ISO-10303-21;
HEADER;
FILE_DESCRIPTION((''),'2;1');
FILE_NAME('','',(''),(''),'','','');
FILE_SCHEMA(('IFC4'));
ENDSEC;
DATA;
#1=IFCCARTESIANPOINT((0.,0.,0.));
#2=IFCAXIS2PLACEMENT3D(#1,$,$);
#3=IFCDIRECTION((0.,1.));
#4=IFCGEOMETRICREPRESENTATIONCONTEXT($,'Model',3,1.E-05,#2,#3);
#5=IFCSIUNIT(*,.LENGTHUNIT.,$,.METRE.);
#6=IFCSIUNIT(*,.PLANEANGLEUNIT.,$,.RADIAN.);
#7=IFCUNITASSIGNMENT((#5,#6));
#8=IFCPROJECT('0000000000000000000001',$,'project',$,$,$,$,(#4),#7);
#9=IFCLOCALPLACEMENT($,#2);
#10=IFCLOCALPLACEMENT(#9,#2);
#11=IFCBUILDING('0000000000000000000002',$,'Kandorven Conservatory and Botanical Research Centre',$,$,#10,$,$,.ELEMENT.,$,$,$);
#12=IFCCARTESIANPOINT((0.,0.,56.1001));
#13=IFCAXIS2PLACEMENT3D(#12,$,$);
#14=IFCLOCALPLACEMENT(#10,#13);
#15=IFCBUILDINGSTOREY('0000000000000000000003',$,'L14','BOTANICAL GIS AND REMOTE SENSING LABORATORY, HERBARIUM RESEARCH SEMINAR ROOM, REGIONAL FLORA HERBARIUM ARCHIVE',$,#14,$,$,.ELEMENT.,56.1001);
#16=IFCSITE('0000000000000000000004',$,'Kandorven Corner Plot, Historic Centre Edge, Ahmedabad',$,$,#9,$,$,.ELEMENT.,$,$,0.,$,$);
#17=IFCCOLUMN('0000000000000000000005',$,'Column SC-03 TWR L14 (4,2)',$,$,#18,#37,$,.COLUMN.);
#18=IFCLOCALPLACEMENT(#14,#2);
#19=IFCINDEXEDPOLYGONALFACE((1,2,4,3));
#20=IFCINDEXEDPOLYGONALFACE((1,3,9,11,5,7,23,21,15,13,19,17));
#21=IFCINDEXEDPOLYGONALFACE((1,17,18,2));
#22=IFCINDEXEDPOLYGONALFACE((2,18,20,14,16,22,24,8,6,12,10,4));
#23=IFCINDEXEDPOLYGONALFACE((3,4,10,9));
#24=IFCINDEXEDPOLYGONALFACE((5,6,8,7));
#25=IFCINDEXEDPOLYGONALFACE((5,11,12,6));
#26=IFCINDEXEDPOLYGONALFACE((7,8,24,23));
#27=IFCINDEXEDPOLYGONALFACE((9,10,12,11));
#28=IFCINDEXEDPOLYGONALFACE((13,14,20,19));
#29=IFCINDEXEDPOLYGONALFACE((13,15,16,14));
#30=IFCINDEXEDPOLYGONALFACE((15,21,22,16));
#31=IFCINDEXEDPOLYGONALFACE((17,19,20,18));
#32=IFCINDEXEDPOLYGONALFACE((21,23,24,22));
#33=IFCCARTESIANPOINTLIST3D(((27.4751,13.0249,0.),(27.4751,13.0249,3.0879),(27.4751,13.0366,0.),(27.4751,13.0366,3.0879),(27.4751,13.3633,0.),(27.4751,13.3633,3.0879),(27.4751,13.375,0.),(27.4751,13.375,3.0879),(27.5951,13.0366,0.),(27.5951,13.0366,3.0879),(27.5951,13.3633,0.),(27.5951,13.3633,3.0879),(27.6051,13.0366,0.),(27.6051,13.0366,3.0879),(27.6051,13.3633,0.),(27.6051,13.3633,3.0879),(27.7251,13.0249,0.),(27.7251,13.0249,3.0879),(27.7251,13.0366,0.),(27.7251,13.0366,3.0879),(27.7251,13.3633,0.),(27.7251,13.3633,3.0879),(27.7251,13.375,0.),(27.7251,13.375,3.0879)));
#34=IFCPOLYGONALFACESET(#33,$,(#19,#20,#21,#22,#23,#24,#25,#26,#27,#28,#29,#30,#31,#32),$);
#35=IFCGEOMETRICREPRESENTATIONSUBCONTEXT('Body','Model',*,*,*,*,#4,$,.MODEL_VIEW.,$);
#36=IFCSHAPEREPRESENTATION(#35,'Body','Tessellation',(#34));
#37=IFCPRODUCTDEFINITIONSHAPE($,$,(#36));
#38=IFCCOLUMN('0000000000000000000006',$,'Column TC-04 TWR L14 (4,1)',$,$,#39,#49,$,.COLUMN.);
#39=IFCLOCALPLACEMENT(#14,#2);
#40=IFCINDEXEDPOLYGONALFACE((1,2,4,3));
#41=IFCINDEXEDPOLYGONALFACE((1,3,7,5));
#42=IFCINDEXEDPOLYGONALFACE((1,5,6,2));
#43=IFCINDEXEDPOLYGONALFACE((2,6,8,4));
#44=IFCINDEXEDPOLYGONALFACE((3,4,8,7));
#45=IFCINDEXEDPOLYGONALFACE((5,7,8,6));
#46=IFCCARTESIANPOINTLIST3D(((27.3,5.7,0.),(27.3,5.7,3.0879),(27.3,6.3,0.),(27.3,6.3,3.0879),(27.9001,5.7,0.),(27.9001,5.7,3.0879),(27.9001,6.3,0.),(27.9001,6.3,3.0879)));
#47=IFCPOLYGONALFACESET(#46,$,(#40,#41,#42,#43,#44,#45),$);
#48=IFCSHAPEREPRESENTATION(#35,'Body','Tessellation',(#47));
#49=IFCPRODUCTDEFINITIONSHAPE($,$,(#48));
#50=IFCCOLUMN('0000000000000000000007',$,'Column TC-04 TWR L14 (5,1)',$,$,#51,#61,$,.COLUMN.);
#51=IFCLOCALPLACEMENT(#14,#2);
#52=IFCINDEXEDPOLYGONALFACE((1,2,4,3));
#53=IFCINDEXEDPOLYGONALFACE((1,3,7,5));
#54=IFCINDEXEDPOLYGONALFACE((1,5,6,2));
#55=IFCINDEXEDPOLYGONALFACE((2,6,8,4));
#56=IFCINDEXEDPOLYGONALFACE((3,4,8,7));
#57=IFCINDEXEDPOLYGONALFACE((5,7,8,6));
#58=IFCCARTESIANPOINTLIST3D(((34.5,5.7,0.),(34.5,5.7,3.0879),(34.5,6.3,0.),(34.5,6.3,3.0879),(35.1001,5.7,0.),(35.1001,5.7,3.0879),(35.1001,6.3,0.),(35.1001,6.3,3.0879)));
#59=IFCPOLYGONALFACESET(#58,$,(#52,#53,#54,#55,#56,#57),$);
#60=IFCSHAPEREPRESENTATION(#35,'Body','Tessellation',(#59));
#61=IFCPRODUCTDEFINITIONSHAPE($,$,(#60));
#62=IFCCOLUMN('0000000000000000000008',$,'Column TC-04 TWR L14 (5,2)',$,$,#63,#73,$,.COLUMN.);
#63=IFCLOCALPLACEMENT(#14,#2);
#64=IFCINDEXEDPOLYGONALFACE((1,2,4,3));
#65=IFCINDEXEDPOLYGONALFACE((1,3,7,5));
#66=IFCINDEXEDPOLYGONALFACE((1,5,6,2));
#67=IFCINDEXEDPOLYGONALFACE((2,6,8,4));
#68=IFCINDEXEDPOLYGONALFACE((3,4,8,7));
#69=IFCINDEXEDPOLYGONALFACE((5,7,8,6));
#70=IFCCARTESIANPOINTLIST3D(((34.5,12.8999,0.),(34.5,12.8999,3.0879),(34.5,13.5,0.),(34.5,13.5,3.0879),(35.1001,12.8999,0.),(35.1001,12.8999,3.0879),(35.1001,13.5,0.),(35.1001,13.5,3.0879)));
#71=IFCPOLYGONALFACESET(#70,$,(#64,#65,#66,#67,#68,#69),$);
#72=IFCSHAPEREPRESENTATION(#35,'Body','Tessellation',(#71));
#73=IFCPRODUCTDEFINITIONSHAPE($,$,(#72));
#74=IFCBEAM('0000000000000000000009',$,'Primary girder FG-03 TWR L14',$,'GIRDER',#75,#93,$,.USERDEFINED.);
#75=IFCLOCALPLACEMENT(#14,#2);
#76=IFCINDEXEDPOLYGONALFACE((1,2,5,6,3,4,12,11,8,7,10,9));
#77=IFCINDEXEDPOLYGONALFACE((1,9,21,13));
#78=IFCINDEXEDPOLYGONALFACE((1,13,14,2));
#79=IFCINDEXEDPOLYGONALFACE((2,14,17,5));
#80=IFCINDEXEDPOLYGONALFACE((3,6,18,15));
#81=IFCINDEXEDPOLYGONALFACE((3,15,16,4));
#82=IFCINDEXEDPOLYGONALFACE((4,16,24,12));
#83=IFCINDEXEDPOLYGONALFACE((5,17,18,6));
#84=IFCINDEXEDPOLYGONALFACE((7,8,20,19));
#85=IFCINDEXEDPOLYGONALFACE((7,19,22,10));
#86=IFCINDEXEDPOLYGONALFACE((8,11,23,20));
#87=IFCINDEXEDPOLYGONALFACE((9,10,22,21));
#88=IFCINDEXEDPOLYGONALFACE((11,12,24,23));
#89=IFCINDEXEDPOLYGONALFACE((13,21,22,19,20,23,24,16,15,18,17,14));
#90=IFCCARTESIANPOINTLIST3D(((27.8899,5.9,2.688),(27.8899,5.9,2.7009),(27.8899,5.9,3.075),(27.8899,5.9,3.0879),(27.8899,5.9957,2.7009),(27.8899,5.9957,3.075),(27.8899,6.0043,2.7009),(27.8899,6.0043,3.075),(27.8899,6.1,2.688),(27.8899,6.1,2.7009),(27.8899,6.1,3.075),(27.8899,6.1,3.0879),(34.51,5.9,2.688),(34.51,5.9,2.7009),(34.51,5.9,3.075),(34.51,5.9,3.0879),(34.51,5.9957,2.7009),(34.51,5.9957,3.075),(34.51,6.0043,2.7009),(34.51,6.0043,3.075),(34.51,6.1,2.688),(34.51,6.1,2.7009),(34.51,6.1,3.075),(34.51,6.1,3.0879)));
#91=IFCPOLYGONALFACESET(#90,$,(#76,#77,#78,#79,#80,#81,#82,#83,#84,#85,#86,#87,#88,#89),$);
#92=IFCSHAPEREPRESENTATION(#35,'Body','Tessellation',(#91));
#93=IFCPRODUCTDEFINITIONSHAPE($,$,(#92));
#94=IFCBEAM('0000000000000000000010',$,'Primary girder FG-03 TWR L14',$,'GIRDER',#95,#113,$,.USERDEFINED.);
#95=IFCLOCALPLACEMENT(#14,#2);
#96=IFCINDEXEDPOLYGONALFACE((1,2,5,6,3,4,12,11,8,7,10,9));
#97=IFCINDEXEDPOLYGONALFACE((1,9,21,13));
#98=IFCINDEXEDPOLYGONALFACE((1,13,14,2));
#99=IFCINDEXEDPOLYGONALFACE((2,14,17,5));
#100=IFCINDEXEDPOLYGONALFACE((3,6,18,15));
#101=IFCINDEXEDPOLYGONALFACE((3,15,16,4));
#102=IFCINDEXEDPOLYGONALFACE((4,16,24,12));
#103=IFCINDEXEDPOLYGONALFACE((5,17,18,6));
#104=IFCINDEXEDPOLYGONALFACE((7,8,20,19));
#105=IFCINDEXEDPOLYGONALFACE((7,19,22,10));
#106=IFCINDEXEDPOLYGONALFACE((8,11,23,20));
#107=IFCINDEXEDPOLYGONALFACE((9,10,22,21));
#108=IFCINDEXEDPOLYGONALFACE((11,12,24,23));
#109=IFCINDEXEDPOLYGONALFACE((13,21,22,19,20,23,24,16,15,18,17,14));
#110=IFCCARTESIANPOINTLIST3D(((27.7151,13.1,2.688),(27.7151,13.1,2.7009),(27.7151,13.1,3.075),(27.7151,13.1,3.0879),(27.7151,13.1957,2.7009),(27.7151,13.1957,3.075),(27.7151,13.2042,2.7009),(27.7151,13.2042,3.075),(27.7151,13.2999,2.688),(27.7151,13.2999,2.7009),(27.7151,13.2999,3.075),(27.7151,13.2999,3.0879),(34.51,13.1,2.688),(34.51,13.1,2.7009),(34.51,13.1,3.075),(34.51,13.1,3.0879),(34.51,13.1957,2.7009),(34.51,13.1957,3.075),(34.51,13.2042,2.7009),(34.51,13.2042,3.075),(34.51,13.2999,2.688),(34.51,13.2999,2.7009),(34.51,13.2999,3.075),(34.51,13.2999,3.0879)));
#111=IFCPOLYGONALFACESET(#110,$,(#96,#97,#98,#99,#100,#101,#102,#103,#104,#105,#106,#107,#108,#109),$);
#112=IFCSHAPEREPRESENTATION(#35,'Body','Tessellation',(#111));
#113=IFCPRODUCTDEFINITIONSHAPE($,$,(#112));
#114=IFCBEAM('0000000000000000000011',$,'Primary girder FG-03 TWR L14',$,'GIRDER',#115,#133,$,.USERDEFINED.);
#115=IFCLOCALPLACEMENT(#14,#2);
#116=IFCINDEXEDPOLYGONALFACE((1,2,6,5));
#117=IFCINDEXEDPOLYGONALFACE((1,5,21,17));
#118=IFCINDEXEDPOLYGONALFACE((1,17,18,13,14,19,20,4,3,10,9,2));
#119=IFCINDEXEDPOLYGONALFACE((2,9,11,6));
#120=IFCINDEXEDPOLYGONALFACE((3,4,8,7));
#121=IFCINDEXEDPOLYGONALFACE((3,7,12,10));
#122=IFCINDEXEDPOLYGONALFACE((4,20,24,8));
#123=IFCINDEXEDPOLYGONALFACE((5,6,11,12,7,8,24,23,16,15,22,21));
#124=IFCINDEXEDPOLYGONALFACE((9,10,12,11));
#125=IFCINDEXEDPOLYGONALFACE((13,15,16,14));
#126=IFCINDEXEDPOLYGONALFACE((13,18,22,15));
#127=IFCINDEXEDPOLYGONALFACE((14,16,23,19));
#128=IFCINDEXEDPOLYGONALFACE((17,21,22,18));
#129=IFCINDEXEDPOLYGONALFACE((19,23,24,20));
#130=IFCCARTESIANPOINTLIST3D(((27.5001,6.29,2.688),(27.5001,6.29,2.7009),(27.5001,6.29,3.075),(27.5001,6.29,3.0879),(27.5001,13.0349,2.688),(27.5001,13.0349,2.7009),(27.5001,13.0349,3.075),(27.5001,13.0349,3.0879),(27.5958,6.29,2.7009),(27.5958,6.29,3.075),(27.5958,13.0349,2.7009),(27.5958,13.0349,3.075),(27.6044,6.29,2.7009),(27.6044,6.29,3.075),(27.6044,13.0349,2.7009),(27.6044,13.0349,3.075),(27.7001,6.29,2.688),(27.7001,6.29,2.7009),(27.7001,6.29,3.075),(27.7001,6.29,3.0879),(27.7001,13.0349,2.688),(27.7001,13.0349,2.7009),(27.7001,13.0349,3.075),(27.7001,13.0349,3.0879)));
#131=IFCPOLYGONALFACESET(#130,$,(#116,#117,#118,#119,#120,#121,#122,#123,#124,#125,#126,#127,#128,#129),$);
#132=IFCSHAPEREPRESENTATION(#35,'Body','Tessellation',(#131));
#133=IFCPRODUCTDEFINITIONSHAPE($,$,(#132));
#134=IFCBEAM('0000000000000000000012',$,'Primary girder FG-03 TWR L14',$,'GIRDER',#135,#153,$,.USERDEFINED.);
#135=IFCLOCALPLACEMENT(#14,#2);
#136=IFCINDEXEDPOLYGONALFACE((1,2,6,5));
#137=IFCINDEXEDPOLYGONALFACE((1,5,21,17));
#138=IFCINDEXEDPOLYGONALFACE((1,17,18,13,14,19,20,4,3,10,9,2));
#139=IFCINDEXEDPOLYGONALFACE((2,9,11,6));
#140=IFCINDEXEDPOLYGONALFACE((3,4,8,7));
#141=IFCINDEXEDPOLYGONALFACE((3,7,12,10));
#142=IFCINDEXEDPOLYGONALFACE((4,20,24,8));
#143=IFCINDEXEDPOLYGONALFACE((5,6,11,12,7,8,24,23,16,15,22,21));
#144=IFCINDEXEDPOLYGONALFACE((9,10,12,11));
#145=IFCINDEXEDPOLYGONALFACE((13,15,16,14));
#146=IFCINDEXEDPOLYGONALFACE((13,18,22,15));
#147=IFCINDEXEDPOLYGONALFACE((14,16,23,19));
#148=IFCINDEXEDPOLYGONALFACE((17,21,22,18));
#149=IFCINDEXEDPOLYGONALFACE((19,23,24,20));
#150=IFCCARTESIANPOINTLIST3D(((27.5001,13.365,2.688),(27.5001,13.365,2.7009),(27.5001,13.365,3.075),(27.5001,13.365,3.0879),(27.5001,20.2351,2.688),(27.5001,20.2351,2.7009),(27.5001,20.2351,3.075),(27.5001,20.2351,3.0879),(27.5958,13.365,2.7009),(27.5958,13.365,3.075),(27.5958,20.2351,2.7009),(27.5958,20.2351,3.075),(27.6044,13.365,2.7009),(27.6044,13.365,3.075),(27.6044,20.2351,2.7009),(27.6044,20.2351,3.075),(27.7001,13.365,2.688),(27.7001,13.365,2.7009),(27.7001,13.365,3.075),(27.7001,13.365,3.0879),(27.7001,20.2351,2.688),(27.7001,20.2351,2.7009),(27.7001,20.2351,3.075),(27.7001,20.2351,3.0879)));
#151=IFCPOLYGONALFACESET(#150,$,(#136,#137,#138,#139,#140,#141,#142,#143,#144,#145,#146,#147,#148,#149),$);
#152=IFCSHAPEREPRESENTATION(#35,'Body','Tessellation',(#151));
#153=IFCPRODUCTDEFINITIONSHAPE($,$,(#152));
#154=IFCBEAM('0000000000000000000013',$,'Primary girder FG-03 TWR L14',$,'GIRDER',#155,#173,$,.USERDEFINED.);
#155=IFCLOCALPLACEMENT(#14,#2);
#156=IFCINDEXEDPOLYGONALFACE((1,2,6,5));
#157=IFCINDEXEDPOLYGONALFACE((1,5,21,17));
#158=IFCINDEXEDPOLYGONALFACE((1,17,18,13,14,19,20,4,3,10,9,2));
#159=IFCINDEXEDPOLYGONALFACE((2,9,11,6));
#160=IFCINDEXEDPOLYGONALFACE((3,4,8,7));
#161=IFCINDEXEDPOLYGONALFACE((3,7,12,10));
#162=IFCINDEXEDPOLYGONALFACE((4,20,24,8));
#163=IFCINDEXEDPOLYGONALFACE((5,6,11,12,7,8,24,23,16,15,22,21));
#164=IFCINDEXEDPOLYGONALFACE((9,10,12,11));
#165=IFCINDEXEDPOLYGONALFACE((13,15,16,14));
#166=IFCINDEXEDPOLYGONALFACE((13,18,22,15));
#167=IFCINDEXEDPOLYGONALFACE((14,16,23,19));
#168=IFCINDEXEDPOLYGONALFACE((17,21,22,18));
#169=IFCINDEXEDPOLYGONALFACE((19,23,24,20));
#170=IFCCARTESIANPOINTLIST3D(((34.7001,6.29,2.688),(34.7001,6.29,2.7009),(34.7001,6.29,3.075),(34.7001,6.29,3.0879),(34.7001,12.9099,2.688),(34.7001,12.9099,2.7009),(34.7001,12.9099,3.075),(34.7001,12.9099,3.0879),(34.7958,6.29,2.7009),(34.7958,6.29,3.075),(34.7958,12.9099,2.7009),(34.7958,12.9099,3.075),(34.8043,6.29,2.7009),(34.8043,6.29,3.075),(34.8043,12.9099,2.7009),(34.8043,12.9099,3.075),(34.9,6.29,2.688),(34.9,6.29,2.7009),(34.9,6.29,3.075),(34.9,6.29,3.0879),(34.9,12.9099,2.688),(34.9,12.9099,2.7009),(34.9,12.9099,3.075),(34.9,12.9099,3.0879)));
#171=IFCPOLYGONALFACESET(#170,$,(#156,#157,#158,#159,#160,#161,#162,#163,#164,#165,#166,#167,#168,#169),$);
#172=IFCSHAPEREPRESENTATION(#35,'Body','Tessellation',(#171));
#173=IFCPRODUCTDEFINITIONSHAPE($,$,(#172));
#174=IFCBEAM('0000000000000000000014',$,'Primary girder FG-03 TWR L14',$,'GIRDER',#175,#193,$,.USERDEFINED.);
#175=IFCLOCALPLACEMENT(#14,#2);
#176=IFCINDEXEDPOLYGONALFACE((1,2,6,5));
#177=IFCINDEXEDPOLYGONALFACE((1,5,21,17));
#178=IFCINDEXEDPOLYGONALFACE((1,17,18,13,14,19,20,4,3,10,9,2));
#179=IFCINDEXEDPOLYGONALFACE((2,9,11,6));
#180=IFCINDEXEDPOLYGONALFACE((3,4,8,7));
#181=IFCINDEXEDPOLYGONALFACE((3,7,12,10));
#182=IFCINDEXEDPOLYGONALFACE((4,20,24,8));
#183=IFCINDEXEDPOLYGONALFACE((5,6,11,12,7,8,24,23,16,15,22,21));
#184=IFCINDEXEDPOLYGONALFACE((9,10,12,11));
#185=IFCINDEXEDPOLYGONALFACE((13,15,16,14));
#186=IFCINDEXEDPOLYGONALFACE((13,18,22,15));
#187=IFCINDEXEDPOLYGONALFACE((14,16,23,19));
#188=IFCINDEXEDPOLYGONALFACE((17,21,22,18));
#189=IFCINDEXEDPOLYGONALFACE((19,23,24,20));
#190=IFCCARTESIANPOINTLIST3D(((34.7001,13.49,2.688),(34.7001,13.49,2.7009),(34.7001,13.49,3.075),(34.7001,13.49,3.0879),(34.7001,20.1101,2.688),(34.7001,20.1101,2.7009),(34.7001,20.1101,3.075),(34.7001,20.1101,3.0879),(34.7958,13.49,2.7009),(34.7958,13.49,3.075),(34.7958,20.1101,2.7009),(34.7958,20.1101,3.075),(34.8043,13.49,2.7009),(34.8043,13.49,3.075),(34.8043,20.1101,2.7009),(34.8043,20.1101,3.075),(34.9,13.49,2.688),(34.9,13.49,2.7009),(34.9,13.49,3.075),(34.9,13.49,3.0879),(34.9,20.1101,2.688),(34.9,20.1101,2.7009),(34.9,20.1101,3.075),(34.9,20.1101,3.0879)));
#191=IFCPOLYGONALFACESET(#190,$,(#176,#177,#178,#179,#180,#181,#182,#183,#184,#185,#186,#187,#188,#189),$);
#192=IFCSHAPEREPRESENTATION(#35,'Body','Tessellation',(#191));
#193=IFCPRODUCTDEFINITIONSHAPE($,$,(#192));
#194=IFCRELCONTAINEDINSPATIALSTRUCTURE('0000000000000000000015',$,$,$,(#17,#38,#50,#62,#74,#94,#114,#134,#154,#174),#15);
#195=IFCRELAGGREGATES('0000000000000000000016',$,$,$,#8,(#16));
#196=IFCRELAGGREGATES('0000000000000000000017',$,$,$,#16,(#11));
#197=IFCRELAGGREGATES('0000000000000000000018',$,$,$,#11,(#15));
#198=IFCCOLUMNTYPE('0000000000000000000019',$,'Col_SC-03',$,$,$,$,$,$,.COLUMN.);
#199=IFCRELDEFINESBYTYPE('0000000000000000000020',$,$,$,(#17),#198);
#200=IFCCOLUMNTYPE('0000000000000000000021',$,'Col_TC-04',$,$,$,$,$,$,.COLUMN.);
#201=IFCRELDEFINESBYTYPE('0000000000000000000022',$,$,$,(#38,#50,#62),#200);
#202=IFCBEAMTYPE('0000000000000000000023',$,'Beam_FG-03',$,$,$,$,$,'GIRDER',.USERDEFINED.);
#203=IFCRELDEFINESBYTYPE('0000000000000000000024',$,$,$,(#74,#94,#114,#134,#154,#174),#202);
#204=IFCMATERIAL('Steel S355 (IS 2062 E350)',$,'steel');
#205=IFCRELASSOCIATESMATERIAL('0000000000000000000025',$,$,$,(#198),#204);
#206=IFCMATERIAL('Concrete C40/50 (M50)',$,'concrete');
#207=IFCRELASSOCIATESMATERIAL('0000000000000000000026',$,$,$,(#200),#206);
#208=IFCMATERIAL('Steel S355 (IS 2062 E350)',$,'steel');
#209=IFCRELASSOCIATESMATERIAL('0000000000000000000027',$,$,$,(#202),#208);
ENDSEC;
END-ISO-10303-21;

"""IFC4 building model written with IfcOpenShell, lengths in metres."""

from ifc_helpers import new_model, si_unit, direction, frame, origin, origin_2d, place, context, subcontext, project, spatial, rectangle, i_section, extrude, material, material_profile, profile_set, type_object, element, save


model = new_model("IFC4")

# Units and contexts
model_context = context("Model", 3, precision=1e-05, world=origin(), true_north=direction((0.0, 1.0)))
body_context = subcontext(model_context, "Body", "Model", "MODEL_VIEW")
ifc_project = project(units=[si_unit("LENGTHUNIT", "METRE"), si_unit("PLANEANGLEUNIT", "RADIAN")], contexts=[model_context])

# Site, building, storey
site_placement = place(None, origin())
site = spatial("IfcSite", under=ifc_project, at=site_placement, Name="Kandorven Corner Plot, Historic Centre Edge, Ahmedabad", CompositionType="ELEMENT", RefElevation=0.0)
building_placement = place(site_placement, origin())
building = spatial("IfcBuilding", under=site, at=building_placement, Name="Kandorven Conservatory and Botanical Research Centre", CompositionType="ELEMENT")
storey_placement = place(building_placement, frame((0.0, 0.0, 56.1001)))
storey = spatial("IfcBuildingStorey", under=building, at=storey_placement, Name="L14", Description="BOTANICAL GIS AND REMOTE SENSING LABORATORY, HERBARIUM RESEARCH SEMINAR ROOM, REGIONAL FLORA HERBARIUM ARCHIVE", CompositionType="ELEMENT", Elevation=56.1001)

# Columns
ifc_material_1 = material(Name="Steel S355 (IS 2062 E350)", Category="steel")
ifc_material_profile_1 = material_profile(ifc_material_1, i_section(OverallWidth=0.25, OverallDepth=0.3501, WebThickness=0.01, FlangeThickness=0.0117, at=origin_2d()))
ifc_profile_set_1 = profile_set([ifc_material_profile_1], Name="Steel S355 (IS 2062 E350)")
column_type_1 = type_object("IfcColumnType", Name="Col_SC-03", PredefinedType="COLUMN", material=ifc_profile_set_1)
column_placement = place(storey_placement, frame((27.6001, 13.2, 0.0), z_axis=(0.0, 0.0, 1.0), x_axis=(1.0, 0.0, 0.0)))
element("IfcColumn", 1, at=column_placement, inside=storey, type_object=column_type_1, Name="Column SC-03 TWR L14 (4,2)", PredefinedType="COLUMN", context=body_context, shape_type="SweptSolid", body=[
    extrude(i_section(OverallWidth=0.25, OverallDepth=0.3501, WebThickness=0.01, FlangeThickness=0.0117, at=origin_2d()), origin(), (0.0, 0.0, 1.0), 3.0879),
])
ifc_material_2 = material(Name="Concrete C40/50 (M50)", Category="concrete")
ifc_material_profile_2 = material_profile(ifc_material_2, rectangle(XDim=0.6001, YDim=0.6001, at=origin_2d()))
ifc_profile_set_2 = profile_set([ifc_material_profile_2], Name="Concrete C40/50 (M50)")
column_type_2 = type_object("IfcColumnType", Name="Col_TC-04", PredefinedType="COLUMN", material=ifc_profile_set_2)
for number, where, z_axis, x_axis, name in (
    (2, (27.6001, 6.0, 0.0), (0.0, 0.0, 1.0), (1.0, 0.0, 0.0), "Column TC-04 TWR L14 (4,1)"),
    (3, (34.8, 6.0, 0.0), (0.0, 0.0, 1.0), (1.0, 0.0, 0.0), "Column TC-04 TWR L14 (5,1)"),
    (4, (34.8, 13.2, 0.0), (0.0, 0.0, 1.0), (1.0, 0.0, 0.0), "Column TC-04 TWR L14 (5,2)"),
):
    element("IfcColumn", number, at=place(storey_placement, frame(where, z_axis=z_axis, x_axis=x_axis)), inside=storey, type_object=column_type_2, Name=name, PredefinedType="COLUMN", context=body_context, shape_type="SweptSolid", body=[
        extrude(rectangle(XDim=0.6001, YDim=0.6001, at=origin_2d()), origin(), (0.0, 0.0, 1.0), 3.0879),
    ])

# Beams
ifc_material_3 = material(Name="Steel S355 (IS 2062 E350)", Category="steel")
ifc_material_profile_3 = material_profile(ifc_material_3, i_section(OverallWidth=0.2, OverallDepth=0.3999, WebThickness=0.0085, FlangeThickness=0.0129, at=origin_2d()))
ifc_profile_set_3 = profile_set([ifc_material_profile_3], Name="Steel S355 (IS 2062 E350)")
beam_type_1 = type_object("IfcBeamType", Name="Beam_FG-03", ElementType="GIRDER", PredefinedType="USERDEFINED", material=ifc_profile_set_3)
beam_1_placement = place(storey_placement, frame((27.8899, 6.0, 2.8879), z_axis=(1.0, 0.0, 0.0), x_axis=(0.0, 1.0, 0.0)))
element("IfcBeam", 5, at=beam_1_placement, inside=storey, type_object=beam_type_1, Name="Primary girder FG-03 TWR L14", ObjectType="GIRDER", PredefinedType="USERDEFINED", context=body_context, shape_type="SweptSolid", body=[
    extrude(i_section(OverallWidth=0.2, OverallDepth=0.3999, WebThickness=0.0085, FlangeThickness=0.0129, at=origin_2d()), origin(), (0.0, 0.0, 1.0), 6.6201),
])
beam_2_placement = place(storey_placement, frame((27.7151, 13.2, 2.8879), z_axis=(1.0, 0.0, 0.0), x_axis=(0.0, 1.0, 0.0)))
element("IfcBeam", 6, at=beam_2_placement, inside=storey, type_object=beam_type_1, Name="Primary girder FG-03 TWR L14", ObjectType="GIRDER", PredefinedType="USERDEFINED", context=body_context, shape_type="SweptSolid", body=[
    extrude(i_section(OverallWidth=0.2, OverallDepth=0.3999, WebThickness=0.0085, FlangeThickness=0.0129, at=origin_2d()), origin(), (0.0, 0.0, 1.0), 6.7949),
])
beam_3_placement = place(storey_placement, frame((27.6001, 6.29, 2.8879), z_axis=(0.0, 1.0, 0.0), x_axis=(-1.0, 0.0, 0.0)))
element("IfcBeam", 7, at=beam_3_placement, inside=storey, type_object=beam_type_1, Name="Primary girder FG-03 TWR L14", ObjectType="GIRDER", PredefinedType="USERDEFINED", context=body_context, shape_type="SweptSolid", body=[
    extrude(i_section(OverallWidth=0.2, OverallDepth=0.3999, WebThickness=0.0085, FlangeThickness=0.0129, at=origin_2d()), origin(), (0.0, 0.0, 1.0), 6.7449),
])
beam_4_placement = place(storey_placement, frame((27.6001, 13.365, 2.8879), z_axis=(0.0, 1.0, 0.0), x_axis=(-1.0, 0.0, 0.0)))
element("IfcBeam", 8, at=beam_4_placement, inside=storey, type_object=beam_type_1, Name="Primary girder FG-03 TWR L14", ObjectType="GIRDER", PredefinedType="USERDEFINED", context=body_context, shape_type="SweptSolid", body=[
    extrude(i_section(OverallWidth=0.2, OverallDepth=0.3999, WebThickness=0.0085, FlangeThickness=0.0129, at=origin_2d()), origin(), (0.0, 0.0, 1.0), 6.8701),
])
beam_5_placement = place(storey_placement, frame((34.8, 6.29, 2.8879), z_axis=(0.0, 1.0, 0.0), x_axis=(-1.0, 0.0, 0.0)))
element("IfcBeam", 9, at=beam_5_placement, inside=storey, type_object=beam_type_1, Name="Primary girder FG-03 TWR L14", ObjectType="GIRDER", PredefinedType="USERDEFINED", context=body_context, shape_type="SweptSolid", body=[
    extrude(i_section(OverallWidth=0.2, OverallDepth=0.3999, WebThickness=0.0085, FlangeThickness=0.0129, at=origin_2d()), origin(), (0.0, 0.0, 1.0), 6.6199),
])
beam_6_placement = place(storey_placement, frame((34.8, 13.49, 2.8879), z_axis=(0.0, 1.0, 0.0), x_axis=(-1.0, 0.0, 0.0)))
element("IfcBeam", 10, at=beam_6_placement, inside=storey, type_object=beam_type_1, Name="Primary girder FG-03 TWR L14", ObjectType="GIRDER", PredefinedType="USERDEFINED", context=body_context, shape_type="SweptSolid", body=[
    extrude(i_section(OverallWidth=0.2, OverallDepth=0.3999, WebThickness=0.0085, FlangeThickness=0.0129, at=origin_2d()), origin(), (0.0, 0.0, 1.0), 6.6201),
])

save(model, "model.ifc")
